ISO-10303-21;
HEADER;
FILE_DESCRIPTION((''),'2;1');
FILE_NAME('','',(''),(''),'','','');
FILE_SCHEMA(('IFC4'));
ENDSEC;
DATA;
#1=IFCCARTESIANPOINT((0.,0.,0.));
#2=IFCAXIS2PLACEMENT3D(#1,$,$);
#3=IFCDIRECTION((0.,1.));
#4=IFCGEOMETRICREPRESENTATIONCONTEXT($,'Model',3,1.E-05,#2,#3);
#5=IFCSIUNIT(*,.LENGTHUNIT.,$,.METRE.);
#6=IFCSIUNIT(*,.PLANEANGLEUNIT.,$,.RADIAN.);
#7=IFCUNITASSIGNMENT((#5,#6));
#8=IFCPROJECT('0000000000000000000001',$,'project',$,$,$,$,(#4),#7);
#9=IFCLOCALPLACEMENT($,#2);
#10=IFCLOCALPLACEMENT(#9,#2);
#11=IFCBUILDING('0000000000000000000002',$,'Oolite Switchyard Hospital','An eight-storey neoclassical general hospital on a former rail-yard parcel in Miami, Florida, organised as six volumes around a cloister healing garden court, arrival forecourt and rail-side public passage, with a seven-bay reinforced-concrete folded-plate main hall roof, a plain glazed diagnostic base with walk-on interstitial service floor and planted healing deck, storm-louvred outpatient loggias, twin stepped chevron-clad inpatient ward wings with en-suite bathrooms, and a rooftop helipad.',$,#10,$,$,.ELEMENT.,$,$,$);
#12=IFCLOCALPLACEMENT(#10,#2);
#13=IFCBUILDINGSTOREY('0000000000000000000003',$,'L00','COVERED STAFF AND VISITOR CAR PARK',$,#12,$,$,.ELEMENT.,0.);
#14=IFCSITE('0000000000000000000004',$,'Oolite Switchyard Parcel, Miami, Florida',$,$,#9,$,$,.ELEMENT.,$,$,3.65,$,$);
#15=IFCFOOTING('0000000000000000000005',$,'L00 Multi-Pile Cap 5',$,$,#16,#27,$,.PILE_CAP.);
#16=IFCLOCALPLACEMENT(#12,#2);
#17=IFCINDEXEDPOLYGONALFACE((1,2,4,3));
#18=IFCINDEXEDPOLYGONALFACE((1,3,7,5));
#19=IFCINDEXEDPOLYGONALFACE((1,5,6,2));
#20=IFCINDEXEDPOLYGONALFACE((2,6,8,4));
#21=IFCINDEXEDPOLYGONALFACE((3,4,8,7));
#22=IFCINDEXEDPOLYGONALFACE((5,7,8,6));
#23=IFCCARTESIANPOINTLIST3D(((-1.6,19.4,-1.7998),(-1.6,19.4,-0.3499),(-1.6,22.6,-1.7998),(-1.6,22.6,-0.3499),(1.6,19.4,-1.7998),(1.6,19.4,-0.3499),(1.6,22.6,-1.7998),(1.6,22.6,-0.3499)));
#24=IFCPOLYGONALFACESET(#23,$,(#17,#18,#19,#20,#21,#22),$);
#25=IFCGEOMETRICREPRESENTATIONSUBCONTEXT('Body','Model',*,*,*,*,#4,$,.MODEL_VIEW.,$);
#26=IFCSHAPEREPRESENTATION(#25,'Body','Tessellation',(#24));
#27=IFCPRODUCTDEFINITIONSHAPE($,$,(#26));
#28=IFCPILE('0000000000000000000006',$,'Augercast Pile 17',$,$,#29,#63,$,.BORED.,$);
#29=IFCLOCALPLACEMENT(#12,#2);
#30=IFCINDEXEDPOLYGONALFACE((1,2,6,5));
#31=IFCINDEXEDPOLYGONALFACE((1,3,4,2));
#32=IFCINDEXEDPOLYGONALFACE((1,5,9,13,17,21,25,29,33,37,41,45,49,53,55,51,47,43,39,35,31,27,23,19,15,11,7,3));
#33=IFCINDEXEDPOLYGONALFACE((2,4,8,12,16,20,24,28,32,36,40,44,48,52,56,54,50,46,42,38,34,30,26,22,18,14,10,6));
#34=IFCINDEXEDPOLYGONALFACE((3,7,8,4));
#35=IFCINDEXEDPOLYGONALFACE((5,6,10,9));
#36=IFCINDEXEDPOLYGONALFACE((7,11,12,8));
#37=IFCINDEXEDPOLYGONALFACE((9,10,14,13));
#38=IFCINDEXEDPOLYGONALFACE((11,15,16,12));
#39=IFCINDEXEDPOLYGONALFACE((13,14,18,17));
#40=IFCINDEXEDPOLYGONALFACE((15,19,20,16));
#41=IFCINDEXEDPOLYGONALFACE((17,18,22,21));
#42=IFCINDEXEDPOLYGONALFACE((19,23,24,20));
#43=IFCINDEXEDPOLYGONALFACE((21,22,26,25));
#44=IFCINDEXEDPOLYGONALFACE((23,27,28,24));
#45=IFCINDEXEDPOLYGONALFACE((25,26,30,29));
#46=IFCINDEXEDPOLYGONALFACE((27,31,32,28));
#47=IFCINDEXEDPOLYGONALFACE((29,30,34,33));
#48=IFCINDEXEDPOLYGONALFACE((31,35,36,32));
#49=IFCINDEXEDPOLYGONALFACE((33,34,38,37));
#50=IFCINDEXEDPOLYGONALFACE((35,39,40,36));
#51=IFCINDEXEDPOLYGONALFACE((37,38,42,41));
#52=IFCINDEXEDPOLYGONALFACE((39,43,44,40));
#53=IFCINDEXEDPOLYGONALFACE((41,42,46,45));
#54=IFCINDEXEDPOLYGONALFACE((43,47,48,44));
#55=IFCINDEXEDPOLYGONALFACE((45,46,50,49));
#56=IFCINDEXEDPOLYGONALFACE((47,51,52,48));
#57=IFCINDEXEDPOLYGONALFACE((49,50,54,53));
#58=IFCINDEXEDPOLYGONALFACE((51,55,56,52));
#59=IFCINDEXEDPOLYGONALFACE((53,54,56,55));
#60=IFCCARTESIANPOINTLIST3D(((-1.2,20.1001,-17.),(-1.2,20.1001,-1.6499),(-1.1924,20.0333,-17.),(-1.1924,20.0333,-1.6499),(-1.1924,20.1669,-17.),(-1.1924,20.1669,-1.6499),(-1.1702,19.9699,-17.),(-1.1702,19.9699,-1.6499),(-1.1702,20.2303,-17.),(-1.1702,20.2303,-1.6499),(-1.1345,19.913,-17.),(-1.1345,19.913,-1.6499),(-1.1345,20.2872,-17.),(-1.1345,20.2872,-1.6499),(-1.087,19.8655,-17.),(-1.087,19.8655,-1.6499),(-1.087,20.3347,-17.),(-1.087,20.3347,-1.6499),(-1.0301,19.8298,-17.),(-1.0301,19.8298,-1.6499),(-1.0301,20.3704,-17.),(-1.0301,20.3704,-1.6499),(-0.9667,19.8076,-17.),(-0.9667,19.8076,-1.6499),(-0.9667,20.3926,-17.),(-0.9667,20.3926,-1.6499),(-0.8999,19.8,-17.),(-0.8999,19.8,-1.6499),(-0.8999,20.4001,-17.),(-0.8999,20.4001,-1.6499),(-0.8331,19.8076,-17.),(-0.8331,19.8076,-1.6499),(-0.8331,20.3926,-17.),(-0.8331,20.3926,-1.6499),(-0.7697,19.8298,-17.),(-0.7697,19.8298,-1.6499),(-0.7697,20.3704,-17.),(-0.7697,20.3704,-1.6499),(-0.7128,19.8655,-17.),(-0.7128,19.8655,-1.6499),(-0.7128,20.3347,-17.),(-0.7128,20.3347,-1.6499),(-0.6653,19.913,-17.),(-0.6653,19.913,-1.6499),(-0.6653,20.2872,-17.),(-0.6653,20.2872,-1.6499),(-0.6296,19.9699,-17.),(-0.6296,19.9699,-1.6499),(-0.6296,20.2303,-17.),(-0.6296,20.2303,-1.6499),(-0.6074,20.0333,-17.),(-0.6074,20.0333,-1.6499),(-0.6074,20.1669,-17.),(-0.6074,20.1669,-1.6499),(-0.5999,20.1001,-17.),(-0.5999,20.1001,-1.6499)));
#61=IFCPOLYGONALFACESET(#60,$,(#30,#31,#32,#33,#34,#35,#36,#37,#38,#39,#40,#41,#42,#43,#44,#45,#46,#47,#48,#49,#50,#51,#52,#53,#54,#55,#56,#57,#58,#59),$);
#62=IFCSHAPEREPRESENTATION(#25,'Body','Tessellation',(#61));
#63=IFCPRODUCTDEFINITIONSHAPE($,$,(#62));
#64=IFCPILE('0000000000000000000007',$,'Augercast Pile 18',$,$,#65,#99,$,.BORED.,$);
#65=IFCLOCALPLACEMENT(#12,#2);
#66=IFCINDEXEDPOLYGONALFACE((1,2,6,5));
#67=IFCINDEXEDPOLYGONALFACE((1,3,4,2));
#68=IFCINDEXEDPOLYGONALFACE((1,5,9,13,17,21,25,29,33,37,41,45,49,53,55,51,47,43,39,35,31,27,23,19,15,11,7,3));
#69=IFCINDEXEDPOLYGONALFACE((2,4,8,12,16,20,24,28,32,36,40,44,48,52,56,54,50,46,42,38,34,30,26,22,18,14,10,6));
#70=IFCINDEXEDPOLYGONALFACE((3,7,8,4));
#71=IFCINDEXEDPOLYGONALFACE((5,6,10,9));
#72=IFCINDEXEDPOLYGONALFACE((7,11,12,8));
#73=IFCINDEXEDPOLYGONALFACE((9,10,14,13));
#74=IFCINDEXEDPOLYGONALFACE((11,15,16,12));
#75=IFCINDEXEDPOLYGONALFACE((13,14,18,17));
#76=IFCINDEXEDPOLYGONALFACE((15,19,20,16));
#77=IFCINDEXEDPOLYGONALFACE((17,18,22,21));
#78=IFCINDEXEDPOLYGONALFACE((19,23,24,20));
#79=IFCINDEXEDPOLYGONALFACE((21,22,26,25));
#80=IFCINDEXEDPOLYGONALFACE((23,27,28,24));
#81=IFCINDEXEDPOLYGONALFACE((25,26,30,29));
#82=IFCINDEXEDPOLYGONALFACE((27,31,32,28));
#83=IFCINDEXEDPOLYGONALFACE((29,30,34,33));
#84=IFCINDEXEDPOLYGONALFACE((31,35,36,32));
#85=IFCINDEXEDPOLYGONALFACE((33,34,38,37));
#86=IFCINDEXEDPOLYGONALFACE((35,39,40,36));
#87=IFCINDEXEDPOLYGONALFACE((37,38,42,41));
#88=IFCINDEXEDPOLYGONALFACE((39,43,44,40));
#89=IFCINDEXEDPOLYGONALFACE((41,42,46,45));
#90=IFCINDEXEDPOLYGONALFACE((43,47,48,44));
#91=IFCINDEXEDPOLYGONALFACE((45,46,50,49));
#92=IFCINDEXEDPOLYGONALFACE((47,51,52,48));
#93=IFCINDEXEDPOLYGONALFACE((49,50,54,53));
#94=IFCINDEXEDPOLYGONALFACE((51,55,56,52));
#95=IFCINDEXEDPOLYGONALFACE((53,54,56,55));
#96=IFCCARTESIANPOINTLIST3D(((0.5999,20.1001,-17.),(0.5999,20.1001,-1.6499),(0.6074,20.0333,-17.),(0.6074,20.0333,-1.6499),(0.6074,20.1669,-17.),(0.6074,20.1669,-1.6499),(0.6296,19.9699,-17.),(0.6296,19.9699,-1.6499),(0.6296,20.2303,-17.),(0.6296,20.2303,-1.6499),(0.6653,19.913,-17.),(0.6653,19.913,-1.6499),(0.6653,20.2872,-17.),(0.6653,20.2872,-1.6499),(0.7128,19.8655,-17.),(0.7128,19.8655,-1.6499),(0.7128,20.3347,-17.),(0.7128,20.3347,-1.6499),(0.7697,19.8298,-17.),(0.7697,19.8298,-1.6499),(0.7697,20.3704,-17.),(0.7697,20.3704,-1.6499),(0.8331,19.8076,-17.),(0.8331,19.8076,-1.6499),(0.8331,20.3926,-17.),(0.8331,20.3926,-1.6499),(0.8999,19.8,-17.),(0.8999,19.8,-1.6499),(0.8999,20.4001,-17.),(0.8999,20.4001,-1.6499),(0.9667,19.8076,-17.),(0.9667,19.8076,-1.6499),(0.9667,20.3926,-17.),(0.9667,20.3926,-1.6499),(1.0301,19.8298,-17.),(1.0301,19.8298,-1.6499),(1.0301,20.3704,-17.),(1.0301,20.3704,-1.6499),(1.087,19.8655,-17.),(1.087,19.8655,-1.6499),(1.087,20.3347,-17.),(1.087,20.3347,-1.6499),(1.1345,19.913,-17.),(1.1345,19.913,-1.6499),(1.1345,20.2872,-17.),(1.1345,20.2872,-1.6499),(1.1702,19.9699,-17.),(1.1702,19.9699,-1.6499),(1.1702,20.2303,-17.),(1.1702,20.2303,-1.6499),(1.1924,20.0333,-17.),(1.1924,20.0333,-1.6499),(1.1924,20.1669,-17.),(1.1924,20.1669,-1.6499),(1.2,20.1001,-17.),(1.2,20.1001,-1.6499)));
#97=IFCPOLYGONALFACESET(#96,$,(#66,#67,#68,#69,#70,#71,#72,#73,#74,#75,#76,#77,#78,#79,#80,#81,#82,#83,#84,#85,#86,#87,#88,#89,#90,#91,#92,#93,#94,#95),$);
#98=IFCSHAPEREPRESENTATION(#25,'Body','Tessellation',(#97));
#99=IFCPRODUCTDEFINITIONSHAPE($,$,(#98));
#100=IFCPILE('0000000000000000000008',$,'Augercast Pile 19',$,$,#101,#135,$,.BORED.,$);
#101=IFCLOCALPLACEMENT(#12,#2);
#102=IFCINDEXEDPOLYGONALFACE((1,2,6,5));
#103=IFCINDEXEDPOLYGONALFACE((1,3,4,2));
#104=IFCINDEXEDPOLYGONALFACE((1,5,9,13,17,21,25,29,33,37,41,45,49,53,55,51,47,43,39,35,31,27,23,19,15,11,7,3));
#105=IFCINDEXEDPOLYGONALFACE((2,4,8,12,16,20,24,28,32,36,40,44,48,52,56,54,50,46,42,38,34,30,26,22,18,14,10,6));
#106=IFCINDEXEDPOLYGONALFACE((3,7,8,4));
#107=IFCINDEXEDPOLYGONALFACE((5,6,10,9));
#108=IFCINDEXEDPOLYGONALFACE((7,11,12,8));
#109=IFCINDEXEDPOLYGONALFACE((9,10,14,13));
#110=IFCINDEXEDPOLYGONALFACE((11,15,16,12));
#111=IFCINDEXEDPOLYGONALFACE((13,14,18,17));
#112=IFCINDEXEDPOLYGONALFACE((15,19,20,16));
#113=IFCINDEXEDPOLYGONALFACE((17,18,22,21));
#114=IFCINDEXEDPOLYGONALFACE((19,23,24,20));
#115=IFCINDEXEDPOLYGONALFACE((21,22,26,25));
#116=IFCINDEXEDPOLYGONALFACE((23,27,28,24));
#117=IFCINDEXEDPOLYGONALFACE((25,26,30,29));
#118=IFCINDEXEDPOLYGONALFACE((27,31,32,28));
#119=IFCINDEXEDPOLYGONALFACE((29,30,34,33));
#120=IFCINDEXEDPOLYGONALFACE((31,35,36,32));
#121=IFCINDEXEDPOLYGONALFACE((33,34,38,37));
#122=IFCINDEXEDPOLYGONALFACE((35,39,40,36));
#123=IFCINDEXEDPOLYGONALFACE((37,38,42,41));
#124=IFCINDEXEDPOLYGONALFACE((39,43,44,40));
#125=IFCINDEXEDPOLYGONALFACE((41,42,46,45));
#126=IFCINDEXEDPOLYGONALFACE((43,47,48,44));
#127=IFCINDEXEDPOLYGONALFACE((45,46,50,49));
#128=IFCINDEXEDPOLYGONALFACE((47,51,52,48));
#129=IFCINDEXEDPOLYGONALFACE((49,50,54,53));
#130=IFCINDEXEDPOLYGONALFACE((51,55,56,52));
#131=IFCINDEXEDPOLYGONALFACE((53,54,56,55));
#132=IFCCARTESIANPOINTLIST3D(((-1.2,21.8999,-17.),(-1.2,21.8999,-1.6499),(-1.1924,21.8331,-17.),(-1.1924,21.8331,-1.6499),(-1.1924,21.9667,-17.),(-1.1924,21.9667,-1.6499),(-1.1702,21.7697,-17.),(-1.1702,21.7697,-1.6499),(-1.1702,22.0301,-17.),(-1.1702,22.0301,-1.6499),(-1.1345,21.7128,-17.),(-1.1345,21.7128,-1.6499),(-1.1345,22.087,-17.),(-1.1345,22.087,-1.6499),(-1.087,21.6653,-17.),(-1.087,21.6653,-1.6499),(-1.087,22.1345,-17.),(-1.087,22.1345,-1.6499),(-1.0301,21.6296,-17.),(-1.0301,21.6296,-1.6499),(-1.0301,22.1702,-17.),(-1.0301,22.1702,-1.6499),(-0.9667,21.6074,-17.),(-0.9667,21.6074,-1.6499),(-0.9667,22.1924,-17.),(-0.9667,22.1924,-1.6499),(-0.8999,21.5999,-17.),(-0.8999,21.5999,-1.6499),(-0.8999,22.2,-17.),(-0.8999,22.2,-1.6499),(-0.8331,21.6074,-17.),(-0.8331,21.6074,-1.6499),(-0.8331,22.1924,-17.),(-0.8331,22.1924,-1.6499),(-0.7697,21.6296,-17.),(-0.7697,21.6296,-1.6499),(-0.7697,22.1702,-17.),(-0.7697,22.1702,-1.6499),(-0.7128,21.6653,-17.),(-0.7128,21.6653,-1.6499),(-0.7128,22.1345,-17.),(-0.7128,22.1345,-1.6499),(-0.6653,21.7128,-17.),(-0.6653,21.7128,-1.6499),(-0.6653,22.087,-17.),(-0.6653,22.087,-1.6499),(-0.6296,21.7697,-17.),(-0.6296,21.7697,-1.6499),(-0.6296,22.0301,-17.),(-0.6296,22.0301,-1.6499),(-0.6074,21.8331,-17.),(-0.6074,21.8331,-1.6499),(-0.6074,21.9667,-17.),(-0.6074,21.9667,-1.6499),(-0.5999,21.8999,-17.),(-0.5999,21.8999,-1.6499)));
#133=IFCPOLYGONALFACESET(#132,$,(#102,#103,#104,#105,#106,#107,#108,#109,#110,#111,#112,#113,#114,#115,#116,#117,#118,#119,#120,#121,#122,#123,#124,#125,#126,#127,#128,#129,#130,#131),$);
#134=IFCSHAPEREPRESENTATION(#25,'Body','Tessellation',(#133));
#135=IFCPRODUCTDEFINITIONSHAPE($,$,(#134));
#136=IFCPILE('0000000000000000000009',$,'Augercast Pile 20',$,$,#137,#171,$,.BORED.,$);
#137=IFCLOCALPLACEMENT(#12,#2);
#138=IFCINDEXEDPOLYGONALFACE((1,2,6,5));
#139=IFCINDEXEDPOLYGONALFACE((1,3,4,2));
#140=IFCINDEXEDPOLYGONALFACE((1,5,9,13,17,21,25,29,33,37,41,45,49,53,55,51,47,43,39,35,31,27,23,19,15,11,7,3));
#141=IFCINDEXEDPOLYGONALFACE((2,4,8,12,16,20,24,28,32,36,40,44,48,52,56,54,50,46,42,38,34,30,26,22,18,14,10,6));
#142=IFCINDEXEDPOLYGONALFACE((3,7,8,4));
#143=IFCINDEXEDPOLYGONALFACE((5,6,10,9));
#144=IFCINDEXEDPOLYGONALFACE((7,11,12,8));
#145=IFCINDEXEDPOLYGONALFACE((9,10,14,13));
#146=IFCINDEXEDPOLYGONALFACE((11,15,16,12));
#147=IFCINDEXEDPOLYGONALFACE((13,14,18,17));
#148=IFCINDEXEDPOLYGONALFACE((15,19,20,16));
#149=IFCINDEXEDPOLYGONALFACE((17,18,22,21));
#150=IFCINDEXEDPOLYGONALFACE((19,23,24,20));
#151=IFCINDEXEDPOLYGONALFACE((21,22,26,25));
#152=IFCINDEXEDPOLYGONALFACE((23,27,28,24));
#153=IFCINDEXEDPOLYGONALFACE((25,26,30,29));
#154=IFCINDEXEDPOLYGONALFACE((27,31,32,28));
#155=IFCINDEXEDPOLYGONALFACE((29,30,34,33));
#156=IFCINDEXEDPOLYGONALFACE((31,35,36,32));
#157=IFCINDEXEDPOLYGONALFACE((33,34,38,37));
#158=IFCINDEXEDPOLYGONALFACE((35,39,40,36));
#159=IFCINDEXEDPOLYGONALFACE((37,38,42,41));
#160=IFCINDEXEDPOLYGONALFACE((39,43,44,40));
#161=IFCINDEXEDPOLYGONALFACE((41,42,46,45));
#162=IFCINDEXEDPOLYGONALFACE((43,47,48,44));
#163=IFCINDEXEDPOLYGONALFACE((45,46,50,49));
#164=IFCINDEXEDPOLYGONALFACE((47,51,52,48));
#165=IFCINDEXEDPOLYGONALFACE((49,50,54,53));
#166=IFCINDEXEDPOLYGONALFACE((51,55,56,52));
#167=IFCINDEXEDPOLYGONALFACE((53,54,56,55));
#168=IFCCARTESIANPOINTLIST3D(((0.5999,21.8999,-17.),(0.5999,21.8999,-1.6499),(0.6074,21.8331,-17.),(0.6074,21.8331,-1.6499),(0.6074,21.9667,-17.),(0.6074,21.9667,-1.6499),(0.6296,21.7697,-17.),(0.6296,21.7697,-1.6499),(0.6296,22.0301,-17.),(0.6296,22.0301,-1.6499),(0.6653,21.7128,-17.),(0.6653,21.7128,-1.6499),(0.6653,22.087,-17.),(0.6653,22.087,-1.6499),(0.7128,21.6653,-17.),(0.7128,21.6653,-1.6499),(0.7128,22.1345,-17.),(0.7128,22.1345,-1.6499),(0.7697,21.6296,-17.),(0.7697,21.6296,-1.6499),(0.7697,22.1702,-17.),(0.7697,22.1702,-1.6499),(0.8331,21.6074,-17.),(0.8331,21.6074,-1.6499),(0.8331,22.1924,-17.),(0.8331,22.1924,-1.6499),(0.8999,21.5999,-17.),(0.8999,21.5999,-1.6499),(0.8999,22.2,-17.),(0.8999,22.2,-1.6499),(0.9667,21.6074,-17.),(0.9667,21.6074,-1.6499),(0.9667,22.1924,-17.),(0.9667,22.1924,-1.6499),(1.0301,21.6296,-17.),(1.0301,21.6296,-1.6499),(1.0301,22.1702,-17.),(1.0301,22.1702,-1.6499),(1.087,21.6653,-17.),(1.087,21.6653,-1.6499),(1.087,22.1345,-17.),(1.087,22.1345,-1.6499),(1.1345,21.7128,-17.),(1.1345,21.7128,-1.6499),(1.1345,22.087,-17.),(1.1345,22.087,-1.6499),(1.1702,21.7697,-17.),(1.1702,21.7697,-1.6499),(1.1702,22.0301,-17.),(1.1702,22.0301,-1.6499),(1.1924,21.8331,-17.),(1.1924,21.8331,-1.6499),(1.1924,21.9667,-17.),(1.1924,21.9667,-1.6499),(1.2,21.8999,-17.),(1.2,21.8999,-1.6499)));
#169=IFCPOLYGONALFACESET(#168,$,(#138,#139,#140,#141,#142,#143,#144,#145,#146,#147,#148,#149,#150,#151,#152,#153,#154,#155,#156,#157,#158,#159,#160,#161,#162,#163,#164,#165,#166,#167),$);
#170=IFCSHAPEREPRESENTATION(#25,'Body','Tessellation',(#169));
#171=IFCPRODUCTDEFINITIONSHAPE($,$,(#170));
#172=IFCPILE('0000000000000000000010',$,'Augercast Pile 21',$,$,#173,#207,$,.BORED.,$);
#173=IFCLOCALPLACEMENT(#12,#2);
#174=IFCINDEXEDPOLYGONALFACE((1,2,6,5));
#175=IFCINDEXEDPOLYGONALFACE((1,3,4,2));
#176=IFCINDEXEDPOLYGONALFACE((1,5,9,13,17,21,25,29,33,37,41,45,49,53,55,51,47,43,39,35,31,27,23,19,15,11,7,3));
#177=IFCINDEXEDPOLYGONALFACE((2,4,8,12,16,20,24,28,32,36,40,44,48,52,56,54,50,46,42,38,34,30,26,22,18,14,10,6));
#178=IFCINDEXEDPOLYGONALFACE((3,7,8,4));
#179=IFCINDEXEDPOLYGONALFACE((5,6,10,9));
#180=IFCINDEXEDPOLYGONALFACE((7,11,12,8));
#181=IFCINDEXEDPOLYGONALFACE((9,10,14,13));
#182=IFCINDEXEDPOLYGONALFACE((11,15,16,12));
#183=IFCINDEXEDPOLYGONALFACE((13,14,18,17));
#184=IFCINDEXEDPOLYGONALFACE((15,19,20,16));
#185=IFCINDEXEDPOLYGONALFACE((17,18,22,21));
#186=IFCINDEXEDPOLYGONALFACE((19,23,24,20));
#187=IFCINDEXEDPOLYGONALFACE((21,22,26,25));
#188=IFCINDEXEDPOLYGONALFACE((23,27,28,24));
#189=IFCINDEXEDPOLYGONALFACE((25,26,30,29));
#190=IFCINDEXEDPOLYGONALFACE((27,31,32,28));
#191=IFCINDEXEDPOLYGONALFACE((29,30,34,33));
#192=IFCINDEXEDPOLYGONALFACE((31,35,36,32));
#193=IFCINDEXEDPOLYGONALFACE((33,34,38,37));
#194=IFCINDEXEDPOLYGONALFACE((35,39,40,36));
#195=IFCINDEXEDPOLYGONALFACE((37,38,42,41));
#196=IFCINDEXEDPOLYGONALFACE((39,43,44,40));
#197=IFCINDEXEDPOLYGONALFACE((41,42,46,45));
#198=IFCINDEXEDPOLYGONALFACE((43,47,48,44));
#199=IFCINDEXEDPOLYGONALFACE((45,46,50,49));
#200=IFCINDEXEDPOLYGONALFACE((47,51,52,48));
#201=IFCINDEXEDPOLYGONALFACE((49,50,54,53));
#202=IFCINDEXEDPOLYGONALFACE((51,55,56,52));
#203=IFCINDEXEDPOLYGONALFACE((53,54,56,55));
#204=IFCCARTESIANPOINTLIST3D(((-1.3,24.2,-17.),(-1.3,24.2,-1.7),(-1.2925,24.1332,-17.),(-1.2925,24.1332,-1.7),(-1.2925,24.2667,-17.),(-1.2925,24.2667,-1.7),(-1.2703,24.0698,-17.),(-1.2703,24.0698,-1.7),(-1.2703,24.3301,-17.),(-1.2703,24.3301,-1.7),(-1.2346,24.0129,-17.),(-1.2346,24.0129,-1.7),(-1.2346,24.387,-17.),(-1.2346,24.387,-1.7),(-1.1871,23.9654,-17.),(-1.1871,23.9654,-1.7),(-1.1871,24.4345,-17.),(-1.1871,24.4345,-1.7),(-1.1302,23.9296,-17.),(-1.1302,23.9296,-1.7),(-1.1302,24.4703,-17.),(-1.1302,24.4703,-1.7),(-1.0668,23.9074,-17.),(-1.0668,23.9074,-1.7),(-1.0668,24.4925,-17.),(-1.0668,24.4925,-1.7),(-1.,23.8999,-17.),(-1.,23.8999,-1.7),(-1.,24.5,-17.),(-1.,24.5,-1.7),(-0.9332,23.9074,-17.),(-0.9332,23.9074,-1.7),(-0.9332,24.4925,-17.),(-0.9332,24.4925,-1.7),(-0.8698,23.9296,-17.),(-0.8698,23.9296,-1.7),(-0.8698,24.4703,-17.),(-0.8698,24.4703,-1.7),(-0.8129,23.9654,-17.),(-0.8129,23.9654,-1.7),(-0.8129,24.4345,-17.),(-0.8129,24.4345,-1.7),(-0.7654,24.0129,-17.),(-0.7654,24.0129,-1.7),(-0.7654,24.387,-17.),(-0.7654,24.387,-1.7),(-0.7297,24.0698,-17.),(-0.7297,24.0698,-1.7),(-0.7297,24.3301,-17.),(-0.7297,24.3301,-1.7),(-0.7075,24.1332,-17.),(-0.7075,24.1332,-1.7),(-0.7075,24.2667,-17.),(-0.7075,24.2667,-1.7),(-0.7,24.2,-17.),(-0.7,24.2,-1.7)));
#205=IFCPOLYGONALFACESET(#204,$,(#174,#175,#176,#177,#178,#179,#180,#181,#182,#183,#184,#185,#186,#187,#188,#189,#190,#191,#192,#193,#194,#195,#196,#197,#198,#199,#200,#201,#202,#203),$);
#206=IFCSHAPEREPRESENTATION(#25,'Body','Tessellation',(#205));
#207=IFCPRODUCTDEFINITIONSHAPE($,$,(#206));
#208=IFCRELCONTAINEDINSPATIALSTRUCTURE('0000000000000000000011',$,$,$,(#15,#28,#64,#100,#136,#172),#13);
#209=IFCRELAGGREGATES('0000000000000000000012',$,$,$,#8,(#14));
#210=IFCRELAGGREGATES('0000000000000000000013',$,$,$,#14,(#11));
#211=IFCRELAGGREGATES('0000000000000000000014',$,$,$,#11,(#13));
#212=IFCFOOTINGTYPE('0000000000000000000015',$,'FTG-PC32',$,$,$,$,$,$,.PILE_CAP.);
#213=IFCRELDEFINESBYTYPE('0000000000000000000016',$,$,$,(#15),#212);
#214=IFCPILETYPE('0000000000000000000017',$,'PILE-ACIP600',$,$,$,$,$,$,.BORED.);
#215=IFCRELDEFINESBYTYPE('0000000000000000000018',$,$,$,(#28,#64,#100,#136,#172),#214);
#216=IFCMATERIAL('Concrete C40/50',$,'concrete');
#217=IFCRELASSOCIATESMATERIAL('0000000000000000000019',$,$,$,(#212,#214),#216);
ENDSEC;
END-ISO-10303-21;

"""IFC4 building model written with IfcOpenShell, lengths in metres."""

from ifc_helpers import new_model, si_unit, direction, frame, origin, origin_2d, place, context, subcontext, project, spatial, rectangle, circle, extrude, material, material_profile, profile_set, type_object, element, save


model = new_model("IFC4")

# Units and contexts
model_context = context("Model", 3, precision=1e-05, world=origin(), true_north=direction((0.0, 1.0)))
body_context = subcontext(model_context, "Body", "Model", "MODEL_VIEW")
ifc_project = project(units=[si_unit("LENGTHUNIT", "METRE"), si_unit("PLANEANGLEUNIT", "RADIAN")], contexts=[model_context])

# Site, building, storey
site_placement = place(None, origin())
site = spatial("IfcSite", under=ifc_project, at=site_placement, Name="Oolite Switchyard Parcel, Miami, Florida", CompositionType="ELEMENT", RefElevation=3.65)
building_placement = place(site_placement, origin())
building = spatial("IfcBuilding", under=site, at=building_placement, Name="Oolite Switchyard Hospital", Description="An eight-storey neoclassical general hospital on a former rail-yard parcel in Miami, Florida, organised as six volumes around a cloister healing garden court, arrival forecourt and rail-side public passage, with a seven-bay reinforced-concrete folded-plate main hall roof, a plain glazed diagnostic base with walk-on interstitial service floor and planted healing deck, storm-louvred outpatient loggias, twin stepped chevron-clad inpatient ward wings with en-suite bathrooms, and a rooftop helipad.", CompositionType="ELEMENT")
storey_placement = place(building_placement, origin())
storey = spatial("IfcBuildingStorey", under=building, at=storey_placement, Name="L00", Description="COVERED STAFF AND VISITOR CAR PARK", CompositionType="ELEMENT", Elevation=0.0)

# Footing
ifc_material_1 = material(Name="Concrete C40/50", Category="concrete")
footing_type = type_object("IfcFootingType", Name="FTG-PC32", PredefinedType="PILE_CAP", material=ifc_material_1)
footing_placement = place(storey_placement, frame((0.0, 21.0, -1.7998), z_axis=(0.0, 0.0, 1.0), x_axis=(1.0, 0.0, 0.0)))
element("IfcFooting", 1, at=footing_placement, inside=storey, type_object=footing_type, Name="L00 Multi-Pile Cap 5", PredefinedType="PILE_CAP", context=body_context, shape_type="SweptSolid", body=[
    extrude(rectangle(XDim=3.2, YDim=3.2, at=origin_2d()), origin(), (0.0, 0.0, 1.0), 1.45),
])

# Piles
ifc_material_profile_1 = material_profile(ifc_material_1, circle(Radius=0.3, at=origin_2d()), Name="PILE600")
ifc_profile_set_1 = profile_set([ifc_material_profile_1], Name="Concrete C40/50")
pile_type = type_object("IfcPileType", Name="PILE-ACIP600", PredefinedType="BORED", material=ifc_profile_set_1)
for number, where, z_axis, x_axis, name in (
    (2, (-0.8999, 20.1001, -1.6499), (0.0, 0.0, -1.0), (1.0, 0.0, 0.0), "Augercast Pile 17"),
    (3, (0.8999, 20.1001, -1.6499), (0.0, 0.0, -1.0), (1.0, 0.0, 0.0), "Augercast Pile 18"),
    (4, (-0.8999, 21.8999, -1.6499), (0.0, 0.0, -1.0), (1.0, 0.0, 0.0), "Augercast Pile 19"),
    (5, (0.8999, 21.8999, -1.6499), (0.0, 0.0, -1.0), (1.0, 0.0, 0.0), "Augercast Pile 20"),
):
    element("IfcPile", number, at=place(storey_placement, frame(where, z_axis=z_axis, x_axis=x_axis)), inside=storey, type_object=pile_type, Name=name, PredefinedType="BORED", context=body_context, shape_type="SweptSolid", body=[
        extrude(circle(Radius=0.3, at=origin_2d()), origin(), (0.0, 0.0, 1.0), 15.3501),
    ])
for number, where, z_axis, x_axis, name in (
    (6, (-1.0, 24.2, -1.7), (0.0, 0.0, -1.0), (1.0, 0.0, 0.0), "Augercast Pile 21"),
):
    element("IfcPile", number, at=place(storey_placement, frame(where, z_axis=z_axis, x_axis=x_axis)), inside=storey, type_object=pile_type, Name=name, PredefinedType="BORED", context=body_context, shape_type="SweptSolid", body=[
        extrude(circle(Radius=0.3, at=origin_2d()), origin(), (0.0, 0.0, 1.0), 15.3),
    ])

save(model, "model.ifc")
